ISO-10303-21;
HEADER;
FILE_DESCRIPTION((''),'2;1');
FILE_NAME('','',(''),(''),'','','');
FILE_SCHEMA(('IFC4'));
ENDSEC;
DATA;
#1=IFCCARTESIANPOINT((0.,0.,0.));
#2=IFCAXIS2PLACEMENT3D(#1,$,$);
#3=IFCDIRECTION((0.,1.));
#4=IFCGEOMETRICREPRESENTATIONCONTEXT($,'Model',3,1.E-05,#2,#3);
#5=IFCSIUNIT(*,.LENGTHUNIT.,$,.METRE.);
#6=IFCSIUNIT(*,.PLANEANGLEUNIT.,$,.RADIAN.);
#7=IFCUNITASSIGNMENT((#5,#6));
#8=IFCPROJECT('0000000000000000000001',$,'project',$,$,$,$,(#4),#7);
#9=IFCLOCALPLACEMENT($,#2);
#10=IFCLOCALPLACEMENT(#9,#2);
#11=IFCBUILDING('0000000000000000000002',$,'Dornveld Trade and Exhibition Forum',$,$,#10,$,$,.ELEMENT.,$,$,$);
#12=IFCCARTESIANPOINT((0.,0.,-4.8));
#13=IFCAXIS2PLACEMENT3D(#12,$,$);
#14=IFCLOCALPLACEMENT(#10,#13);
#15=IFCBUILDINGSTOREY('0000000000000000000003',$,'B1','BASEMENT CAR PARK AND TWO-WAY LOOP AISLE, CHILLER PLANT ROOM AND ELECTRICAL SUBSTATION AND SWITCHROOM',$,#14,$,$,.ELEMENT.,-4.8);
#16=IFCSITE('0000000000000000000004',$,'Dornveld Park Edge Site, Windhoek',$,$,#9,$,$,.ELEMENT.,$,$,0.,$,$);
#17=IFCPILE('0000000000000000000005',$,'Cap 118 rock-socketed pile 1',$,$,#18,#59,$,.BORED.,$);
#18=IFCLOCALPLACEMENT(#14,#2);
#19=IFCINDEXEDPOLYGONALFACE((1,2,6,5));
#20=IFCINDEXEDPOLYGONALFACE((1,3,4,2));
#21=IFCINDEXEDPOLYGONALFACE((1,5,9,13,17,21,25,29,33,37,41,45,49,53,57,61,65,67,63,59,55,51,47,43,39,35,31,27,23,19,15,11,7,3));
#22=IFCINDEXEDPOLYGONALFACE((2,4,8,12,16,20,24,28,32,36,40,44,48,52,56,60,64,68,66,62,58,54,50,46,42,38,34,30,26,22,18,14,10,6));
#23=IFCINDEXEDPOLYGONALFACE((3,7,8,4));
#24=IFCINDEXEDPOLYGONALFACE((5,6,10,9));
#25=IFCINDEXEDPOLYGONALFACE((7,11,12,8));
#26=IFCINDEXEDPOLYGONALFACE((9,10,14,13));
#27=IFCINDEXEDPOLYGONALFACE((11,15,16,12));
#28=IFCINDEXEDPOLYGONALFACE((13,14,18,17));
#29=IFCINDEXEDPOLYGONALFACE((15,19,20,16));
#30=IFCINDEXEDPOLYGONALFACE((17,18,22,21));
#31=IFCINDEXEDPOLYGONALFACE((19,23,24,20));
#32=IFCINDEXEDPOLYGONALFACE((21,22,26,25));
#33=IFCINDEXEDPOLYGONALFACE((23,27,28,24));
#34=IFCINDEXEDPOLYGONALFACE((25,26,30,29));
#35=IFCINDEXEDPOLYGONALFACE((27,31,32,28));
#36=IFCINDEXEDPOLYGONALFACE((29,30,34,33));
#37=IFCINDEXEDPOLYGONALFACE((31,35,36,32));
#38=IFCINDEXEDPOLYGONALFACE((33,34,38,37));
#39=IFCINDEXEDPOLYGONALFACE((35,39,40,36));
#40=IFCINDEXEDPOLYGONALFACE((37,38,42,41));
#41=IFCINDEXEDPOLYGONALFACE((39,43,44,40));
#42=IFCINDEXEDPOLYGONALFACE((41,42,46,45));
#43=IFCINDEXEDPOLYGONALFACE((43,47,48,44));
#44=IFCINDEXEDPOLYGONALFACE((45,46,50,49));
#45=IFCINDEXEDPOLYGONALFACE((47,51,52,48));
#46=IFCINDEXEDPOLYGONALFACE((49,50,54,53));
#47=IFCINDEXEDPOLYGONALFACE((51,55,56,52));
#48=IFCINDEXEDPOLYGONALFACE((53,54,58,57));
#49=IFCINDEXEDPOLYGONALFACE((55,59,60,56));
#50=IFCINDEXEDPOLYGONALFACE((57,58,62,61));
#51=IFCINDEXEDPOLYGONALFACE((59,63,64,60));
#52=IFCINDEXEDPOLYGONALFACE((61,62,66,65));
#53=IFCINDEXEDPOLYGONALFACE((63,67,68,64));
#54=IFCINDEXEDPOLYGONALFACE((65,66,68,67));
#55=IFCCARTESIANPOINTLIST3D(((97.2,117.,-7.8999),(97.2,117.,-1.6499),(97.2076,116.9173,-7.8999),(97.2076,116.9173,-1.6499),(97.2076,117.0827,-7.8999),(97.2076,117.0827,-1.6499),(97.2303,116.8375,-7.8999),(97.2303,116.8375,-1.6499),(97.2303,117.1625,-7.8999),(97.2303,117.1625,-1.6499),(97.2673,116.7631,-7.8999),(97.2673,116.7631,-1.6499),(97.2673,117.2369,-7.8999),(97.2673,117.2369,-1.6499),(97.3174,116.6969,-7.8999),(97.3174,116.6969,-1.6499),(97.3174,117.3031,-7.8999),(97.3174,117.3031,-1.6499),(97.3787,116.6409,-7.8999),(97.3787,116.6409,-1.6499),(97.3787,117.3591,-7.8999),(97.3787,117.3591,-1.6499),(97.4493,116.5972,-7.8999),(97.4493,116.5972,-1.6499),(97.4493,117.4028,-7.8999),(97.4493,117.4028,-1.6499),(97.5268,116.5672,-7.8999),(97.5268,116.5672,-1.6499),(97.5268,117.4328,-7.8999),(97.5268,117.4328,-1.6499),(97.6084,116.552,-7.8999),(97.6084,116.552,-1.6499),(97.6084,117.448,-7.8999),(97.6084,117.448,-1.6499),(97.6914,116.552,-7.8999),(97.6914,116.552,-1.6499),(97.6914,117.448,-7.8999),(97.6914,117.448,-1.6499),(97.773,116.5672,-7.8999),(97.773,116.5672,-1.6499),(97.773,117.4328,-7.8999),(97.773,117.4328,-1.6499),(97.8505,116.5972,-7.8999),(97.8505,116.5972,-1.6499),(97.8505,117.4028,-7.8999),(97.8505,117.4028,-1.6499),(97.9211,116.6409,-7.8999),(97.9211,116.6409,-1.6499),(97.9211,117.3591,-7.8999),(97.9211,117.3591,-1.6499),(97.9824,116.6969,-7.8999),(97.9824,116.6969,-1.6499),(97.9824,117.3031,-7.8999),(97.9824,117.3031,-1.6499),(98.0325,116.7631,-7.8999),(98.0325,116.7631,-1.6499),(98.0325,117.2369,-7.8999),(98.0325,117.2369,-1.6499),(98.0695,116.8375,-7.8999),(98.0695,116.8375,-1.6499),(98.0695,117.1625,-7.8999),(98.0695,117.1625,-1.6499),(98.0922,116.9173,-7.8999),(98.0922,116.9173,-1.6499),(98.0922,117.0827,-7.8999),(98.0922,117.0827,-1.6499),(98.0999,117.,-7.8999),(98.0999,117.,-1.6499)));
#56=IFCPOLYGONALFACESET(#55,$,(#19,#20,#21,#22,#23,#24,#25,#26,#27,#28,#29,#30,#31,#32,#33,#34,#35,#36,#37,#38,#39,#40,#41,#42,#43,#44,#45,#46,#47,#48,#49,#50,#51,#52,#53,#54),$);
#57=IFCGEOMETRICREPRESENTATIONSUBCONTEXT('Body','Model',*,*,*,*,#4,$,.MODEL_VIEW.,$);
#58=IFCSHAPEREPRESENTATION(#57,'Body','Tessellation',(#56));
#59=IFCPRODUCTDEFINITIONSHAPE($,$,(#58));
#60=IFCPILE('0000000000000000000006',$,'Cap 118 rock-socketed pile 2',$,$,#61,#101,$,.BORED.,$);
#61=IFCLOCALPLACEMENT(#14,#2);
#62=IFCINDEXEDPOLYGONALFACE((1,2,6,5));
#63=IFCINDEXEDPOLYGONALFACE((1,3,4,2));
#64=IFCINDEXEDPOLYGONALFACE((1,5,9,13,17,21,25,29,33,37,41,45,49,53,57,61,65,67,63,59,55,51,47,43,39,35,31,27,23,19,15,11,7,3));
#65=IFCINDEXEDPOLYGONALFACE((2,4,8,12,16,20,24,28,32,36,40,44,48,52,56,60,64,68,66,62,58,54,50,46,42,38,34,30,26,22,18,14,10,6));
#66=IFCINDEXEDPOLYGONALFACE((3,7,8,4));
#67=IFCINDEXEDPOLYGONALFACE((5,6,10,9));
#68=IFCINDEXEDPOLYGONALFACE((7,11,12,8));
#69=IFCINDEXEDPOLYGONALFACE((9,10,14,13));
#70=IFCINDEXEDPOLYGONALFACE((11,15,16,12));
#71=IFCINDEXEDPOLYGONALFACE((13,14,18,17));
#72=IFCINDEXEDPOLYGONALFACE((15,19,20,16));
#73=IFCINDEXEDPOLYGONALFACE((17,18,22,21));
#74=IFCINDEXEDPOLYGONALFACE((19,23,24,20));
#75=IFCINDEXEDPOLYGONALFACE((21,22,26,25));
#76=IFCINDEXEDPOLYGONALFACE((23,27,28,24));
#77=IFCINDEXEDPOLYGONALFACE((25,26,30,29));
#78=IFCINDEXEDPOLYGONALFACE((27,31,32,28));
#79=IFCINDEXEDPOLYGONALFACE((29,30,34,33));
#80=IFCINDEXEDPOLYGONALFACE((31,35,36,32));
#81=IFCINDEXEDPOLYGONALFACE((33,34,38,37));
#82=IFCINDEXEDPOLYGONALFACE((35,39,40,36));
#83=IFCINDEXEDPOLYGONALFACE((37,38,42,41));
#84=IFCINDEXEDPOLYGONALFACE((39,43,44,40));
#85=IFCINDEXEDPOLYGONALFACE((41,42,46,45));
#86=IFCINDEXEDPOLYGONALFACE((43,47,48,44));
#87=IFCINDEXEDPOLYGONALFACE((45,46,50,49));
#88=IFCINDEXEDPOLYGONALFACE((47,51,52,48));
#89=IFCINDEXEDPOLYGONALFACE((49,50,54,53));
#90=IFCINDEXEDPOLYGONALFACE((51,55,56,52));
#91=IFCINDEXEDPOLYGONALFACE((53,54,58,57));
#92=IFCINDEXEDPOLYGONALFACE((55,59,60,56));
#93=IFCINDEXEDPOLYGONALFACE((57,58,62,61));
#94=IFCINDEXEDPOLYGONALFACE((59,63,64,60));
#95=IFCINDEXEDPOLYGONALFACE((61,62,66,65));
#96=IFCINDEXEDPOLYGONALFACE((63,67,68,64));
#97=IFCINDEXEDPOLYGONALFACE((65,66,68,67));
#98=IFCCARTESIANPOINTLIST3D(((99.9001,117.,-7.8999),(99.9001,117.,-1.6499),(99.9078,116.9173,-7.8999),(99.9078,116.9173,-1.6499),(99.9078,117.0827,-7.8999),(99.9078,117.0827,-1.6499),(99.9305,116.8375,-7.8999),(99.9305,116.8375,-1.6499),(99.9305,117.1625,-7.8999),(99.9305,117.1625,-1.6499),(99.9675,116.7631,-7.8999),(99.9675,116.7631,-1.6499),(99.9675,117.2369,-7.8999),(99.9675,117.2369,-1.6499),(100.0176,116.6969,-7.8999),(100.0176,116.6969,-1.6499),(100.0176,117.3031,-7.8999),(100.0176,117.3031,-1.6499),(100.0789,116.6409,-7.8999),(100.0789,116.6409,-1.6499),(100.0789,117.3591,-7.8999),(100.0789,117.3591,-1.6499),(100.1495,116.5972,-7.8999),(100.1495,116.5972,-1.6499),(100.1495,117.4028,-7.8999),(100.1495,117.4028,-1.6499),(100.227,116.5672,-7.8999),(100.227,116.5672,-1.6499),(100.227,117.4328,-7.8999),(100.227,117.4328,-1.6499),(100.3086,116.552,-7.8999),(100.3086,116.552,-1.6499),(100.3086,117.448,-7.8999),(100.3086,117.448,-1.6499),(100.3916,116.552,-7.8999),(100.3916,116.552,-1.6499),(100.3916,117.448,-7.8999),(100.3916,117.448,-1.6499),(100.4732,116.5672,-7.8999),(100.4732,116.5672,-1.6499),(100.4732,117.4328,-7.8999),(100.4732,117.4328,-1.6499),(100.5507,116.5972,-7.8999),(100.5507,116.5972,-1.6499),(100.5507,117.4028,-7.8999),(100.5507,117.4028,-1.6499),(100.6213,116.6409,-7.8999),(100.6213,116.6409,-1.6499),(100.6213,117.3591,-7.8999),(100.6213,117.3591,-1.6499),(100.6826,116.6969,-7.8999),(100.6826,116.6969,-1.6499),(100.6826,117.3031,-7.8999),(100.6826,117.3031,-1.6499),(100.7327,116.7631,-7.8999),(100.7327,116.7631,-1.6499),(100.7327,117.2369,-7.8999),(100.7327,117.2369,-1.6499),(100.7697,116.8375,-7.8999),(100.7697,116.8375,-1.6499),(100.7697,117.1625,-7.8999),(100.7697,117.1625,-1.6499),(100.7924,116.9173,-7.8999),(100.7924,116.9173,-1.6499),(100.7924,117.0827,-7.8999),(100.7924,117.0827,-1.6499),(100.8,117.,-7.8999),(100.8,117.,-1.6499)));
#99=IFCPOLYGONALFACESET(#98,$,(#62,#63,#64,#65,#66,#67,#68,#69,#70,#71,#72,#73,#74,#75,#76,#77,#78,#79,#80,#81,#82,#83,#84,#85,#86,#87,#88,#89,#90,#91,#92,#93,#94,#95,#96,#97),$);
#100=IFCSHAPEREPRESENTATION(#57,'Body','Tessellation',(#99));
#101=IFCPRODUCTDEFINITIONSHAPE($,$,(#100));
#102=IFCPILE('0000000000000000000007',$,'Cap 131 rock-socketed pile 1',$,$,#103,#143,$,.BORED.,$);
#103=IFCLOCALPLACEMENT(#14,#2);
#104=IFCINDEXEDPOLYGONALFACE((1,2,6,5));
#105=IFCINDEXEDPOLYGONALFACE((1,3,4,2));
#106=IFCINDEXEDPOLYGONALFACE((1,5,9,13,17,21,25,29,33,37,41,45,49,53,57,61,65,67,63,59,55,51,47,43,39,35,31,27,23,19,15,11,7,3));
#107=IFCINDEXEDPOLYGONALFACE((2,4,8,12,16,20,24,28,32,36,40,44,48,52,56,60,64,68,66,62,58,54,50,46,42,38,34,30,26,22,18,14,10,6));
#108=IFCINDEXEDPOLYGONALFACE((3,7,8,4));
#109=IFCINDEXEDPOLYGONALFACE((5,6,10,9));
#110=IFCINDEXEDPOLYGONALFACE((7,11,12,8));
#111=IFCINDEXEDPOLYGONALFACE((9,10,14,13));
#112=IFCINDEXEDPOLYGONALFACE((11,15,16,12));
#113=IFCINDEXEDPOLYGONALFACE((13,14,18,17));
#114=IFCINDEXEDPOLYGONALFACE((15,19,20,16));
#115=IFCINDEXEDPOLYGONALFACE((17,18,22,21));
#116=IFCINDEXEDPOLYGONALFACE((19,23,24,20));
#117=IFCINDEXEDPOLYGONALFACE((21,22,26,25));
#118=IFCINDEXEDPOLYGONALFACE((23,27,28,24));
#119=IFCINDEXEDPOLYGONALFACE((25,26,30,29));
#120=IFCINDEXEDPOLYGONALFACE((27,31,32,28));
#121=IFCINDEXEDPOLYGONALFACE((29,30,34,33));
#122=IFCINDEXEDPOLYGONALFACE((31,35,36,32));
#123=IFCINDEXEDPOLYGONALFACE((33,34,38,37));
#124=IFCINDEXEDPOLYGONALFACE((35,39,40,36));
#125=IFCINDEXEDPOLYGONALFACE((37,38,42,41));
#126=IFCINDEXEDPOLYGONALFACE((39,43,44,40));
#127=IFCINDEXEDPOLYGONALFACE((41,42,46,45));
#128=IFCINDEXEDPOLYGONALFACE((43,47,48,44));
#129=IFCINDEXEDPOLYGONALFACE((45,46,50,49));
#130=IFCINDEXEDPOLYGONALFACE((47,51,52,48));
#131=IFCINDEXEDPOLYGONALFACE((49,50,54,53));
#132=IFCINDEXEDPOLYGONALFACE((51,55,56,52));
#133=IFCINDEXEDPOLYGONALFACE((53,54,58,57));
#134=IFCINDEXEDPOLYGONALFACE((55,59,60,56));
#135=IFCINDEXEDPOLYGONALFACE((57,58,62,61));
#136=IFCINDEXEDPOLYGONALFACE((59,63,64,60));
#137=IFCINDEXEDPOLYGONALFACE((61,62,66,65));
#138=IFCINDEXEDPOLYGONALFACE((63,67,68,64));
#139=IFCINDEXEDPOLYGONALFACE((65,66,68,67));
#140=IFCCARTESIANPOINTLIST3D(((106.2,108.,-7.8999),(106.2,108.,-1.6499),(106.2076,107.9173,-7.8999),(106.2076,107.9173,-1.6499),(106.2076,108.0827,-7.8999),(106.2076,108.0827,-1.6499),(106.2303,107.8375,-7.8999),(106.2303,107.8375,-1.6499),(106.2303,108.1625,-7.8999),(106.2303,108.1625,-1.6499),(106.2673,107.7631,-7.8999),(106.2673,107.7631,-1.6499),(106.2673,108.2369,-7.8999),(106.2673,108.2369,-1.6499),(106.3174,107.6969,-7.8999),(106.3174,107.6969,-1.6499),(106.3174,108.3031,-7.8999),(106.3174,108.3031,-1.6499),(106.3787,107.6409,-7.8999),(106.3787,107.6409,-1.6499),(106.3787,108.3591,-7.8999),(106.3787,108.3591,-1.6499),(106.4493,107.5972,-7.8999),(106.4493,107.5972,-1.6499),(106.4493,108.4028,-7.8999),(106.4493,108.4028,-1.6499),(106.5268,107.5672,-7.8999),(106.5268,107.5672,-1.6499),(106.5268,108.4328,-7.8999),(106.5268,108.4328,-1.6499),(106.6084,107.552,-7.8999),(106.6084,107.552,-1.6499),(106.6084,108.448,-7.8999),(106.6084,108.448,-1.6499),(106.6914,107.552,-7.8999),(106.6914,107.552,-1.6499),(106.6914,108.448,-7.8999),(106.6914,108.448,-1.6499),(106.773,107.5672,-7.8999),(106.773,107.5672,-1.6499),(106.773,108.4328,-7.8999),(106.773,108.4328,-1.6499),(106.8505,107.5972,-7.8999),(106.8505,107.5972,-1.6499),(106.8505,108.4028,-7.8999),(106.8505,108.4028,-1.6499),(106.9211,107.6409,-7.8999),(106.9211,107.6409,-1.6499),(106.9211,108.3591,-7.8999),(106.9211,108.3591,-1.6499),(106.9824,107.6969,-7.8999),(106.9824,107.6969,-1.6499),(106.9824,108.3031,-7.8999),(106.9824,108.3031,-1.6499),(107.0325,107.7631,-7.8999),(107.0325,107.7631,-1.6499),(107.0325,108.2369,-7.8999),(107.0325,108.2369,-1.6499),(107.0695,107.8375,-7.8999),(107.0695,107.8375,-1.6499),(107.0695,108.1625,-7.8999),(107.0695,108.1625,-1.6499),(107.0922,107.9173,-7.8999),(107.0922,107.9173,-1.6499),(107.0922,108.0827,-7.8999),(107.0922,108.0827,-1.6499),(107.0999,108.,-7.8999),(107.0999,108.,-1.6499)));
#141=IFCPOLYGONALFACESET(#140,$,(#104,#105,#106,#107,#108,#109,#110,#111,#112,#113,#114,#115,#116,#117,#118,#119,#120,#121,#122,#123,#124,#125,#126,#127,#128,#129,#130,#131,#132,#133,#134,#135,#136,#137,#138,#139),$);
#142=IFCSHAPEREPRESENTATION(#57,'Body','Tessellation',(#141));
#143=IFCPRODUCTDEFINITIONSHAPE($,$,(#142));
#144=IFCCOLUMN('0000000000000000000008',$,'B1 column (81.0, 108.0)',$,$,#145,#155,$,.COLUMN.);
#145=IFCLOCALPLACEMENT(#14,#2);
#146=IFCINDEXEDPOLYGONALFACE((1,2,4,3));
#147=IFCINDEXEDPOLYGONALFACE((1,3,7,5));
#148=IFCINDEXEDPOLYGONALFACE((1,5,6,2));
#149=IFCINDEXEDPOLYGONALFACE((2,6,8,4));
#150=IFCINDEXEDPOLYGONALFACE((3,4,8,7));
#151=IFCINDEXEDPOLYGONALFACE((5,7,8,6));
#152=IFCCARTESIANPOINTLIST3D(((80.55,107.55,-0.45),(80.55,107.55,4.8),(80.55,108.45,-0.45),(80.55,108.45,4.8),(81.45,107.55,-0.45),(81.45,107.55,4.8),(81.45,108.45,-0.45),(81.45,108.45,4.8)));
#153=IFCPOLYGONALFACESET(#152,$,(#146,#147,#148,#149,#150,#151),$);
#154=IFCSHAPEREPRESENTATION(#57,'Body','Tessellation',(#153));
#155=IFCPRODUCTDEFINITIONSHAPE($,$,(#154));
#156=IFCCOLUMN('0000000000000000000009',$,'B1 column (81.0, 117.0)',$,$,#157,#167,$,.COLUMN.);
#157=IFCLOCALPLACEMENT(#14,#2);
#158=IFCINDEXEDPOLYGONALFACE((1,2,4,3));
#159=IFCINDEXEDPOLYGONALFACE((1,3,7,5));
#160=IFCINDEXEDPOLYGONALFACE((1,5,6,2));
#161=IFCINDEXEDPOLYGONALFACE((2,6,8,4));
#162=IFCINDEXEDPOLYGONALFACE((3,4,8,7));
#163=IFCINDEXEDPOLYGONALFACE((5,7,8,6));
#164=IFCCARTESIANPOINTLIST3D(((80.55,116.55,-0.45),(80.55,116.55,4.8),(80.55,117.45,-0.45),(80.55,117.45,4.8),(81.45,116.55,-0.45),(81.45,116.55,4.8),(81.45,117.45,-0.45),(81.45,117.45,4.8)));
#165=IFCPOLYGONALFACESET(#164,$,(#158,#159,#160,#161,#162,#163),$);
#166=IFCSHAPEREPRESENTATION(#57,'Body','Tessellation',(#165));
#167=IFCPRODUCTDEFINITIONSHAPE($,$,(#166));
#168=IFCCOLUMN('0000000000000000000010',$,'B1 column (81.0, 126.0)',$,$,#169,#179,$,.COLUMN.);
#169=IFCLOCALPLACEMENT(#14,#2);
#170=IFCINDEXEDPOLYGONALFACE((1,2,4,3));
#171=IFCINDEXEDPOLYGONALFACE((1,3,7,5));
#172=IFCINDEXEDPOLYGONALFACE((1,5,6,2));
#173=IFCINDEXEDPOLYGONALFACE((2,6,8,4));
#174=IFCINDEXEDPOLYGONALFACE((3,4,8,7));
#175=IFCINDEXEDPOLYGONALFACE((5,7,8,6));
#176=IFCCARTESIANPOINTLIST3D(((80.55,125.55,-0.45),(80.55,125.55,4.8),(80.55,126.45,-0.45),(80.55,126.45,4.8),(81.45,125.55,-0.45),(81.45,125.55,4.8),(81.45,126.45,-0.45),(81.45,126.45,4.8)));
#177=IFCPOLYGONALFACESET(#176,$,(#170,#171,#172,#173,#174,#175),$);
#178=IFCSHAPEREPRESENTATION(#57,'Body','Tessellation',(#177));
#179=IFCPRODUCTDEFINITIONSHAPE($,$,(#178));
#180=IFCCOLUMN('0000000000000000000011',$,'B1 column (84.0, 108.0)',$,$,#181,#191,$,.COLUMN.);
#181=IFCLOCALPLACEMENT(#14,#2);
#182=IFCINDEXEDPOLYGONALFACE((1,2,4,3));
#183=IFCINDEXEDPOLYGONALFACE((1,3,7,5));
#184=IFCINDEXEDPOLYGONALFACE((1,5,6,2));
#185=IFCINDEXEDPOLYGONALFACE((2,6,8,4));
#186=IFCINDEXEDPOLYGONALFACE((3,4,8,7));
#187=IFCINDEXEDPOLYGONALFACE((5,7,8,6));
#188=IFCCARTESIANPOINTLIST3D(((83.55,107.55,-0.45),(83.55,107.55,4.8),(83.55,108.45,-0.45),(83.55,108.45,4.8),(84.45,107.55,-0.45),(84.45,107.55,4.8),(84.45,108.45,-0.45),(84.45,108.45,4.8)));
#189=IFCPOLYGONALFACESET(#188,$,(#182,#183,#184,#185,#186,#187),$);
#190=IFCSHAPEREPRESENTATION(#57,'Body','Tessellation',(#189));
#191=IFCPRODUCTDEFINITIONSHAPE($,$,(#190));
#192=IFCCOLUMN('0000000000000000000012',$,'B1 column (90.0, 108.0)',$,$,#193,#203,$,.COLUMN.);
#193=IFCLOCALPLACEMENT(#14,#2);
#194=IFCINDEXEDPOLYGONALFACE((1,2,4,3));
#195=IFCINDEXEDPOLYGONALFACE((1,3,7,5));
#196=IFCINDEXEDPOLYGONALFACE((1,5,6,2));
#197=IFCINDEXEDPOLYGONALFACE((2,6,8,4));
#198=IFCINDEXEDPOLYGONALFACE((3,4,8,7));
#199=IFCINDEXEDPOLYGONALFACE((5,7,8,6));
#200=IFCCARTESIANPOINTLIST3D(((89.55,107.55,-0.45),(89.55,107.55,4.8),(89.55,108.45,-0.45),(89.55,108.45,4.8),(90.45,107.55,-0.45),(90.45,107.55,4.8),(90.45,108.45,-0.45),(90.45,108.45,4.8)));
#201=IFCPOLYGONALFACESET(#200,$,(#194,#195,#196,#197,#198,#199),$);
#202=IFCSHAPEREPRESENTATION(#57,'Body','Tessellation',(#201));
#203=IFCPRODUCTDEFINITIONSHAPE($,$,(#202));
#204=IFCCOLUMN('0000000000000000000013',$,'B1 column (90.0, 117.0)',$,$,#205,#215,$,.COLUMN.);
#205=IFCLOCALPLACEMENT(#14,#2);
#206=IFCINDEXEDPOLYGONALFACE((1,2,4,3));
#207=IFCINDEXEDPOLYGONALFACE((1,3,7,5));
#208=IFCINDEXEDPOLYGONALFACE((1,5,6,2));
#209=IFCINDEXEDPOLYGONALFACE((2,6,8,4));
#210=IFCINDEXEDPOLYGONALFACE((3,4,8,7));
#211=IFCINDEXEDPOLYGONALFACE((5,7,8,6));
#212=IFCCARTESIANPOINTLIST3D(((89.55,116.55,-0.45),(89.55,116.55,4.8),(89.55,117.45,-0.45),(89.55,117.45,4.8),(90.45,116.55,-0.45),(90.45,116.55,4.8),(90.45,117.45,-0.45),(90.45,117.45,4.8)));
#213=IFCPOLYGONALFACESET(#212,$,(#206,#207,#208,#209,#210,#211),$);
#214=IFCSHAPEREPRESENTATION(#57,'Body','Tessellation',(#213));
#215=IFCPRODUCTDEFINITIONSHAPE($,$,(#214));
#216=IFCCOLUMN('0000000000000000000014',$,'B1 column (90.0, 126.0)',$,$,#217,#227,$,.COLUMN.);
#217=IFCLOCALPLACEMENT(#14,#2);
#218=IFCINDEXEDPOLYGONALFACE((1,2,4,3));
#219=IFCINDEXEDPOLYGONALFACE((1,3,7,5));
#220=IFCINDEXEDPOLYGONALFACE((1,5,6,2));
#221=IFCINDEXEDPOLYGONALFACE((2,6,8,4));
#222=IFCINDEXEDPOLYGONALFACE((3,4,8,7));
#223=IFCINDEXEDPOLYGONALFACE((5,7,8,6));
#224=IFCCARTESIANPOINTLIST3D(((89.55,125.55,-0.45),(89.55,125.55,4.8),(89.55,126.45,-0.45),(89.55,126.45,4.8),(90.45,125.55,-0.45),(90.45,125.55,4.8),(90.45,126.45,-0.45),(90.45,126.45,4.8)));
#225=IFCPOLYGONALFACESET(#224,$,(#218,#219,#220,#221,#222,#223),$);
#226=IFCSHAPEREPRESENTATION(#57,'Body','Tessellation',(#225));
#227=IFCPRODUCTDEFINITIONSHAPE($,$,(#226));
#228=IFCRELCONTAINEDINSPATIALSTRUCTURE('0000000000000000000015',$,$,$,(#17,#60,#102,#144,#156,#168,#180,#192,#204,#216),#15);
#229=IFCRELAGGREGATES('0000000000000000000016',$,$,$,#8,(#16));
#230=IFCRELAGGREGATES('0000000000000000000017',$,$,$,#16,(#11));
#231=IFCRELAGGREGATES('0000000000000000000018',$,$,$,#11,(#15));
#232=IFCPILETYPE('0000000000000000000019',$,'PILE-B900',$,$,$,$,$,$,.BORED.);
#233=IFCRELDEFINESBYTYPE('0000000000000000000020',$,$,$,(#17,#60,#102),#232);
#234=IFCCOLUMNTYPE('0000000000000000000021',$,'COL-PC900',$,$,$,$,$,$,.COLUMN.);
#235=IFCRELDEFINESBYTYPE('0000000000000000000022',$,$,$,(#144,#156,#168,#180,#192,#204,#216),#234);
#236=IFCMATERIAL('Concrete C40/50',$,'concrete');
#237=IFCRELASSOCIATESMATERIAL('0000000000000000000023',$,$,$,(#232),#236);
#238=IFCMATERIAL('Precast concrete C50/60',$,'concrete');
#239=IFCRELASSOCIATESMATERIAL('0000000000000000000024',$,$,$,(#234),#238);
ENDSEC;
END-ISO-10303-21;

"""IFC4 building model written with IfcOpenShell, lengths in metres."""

from ifc_helpers import new_model, si_unit, direction, frame, origin, origin_2d, place, context, subcontext, project, spatial, rectangle, circle, extrude, material, material_profile, profile_set, type_object, element, save


model = new_model("IFC4")

# Units and contexts
model_context = context("Model", 3, precision=1e-05, world=origin(), true_north=direction((0.0, 1.0)))
body_context = subcontext(model_context, "Body", "Model", "MODEL_VIEW")
ifc_project = project(units=[si_unit("LENGTHUNIT", "METRE"), si_unit("PLANEANGLEUNIT", "RADIAN")], contexts=[model_context])

# Site, building, storey
site_placement = place(None, origin())
site = spatial("IfcSite", under=ifc_project, at=site_placement, Name="Dornveld Park Edge Site, Windhoek", CompositionType="ELEMENT", RefElevation=0.0)
building_placement = place(site_placement, origin())
building = spatial("IfcBuilding", under=site, at=building_placement, Name="Dornveld Trade and Exhibition Forum", CompositionType="ELEMENT")
storey_placement = place(building_placement, frame((0.0, 0.0, -4.8)))
storey = spatial("IfcBuildingStorey", under=building, at=storey_placement, Name="B1", Description="BASEMENT CAR PARK AND TWO-WAY LOOP AISLE, CHILLER PLANT ROOM AND ELECTRICAL SUBSTATION AND SWITCHROOM", CompositionType="ELEMENT", Elevation=-4.8)

# Piles
ifc_material_1 = material(Name="Concrete C40/50", Category="concrete")
ifc_material_profile_1 = material_profile(ifc_material_1, circle(Radius=0.45, at=origin_2d()), Name="PILE D900")
ifc_profile_set_1 = profile_set([ifc_material_profile_1], Name="Concrete C40/50")
pile_type = type_object("IfcPileType", Name="PILE-B900", PredefinedType="BORED", material=ifc_profile_set_1)
for number, where, z_axis, x_axis, name in (
    (1, (97.6499, 117.0, -1.6499), (0.0, 0.0, -1.0), (1.0, 0.0, 0.0), "Cap 118 rock-socketed pile 1"),
    (2, (100.3501, 117.0, -1.6499), (0.0, 0.0, -1.0), (1.0, 0.0, 0.0), "Cap 118 rock-socketed pile 2"),
    (3, (106.6499, 108.0, -1.6499), (0.0, 0.0, -1.0), (1.0, 0.0, 0.0), "Cap 131 rock-socketed pile 1"),
):
    element("IfcPile", number, at=place(storey_placement, frame(where, z_axis=z_axis, x_axis=x_axis)), inside=storey, type_object=pile_type, Name=name, PredefinedType="BORED", context=body_context, shape_type="SweptSolid", body=[
        extrude(circle(Radius=0.45, at=origin_2d()), origin(), (0.0, 0.0, 1.0), 6.25),
    ])

# Columns
ifc_material_2 = material(Name="Precast concrete C50/60", Category="concrete")
ifc_material_profile_2 = material_profile(ifc_material_2, rectangle(XDim=0.8999, YDim=0.8999, at=origin_2d()), Name="PC-COL 900x900")
ifc_profile_set_2 = profile_set([ifc_material_profile_2], Name="Precast concrete C50/60")
column_type = type_object("IfcColumnType", Name="COL-PC900", PredefinedType="COLUMN", material=ifc_profile_set_2)
for number, where, z_axis, x_axis, name in (
    (4, (81.0, 108.0, -0.45), (0.0, 0.0, 1.0), (1.0, 0.0, 0.0), "B1 column (81.0, 108.0)"),
    (5, (81.0, 117.0, -0.45), (0.0, 0.0, 1.0), (1.0, 0.0, 0.0), "B1 column (81.0, 117.0)"),
    (6, (81.0, 126.0, -0.45), (0.0, 0.0, 1.0), (1.0, 0.0, 0.0), "B1 column (81.0, 126.0)"),
    (7, (84.0, 108.0, -0.45), (0.0, 0.0, 1.0), (1.0, 0.0, 0.0), "B1 column (84.0, 108.0)"),
    (8, (90.0, 108.0, -0.45), (0.0, 0.0, 1.0), (1.0, 0.0, 0.0), "B1 column (90.0, 108.0)"),
    (9, (90.0, 117.0, -0.45), (0.0, 0.0, 1.0), (1.0, 0.0, 0.0), "B1 column (90.0, 117.0)"),
    (10, (90.0, 126.0, -0.45), (0.0, 0.0, 1.0), (1.0, 0.0, 0.0), "B1 column (90.0, 126.0)"),
):
    element("IfcColumn", number, at=place(storey_placement, frame(where, z_axis=z_axis, x_axis=x_axis)), inside=storey, type_object=column_type, Name=name, PredefinedType="COLUMN", context=body_context, shape_type="SweptSolid", body=[
        extrude(rectangle(XDim=0.8999, YDim=0.8999, at=origin_2d()), origin(), (0.0, 0.0, 1.0), 5.25),
    ])

save(model, "model.ifc")
